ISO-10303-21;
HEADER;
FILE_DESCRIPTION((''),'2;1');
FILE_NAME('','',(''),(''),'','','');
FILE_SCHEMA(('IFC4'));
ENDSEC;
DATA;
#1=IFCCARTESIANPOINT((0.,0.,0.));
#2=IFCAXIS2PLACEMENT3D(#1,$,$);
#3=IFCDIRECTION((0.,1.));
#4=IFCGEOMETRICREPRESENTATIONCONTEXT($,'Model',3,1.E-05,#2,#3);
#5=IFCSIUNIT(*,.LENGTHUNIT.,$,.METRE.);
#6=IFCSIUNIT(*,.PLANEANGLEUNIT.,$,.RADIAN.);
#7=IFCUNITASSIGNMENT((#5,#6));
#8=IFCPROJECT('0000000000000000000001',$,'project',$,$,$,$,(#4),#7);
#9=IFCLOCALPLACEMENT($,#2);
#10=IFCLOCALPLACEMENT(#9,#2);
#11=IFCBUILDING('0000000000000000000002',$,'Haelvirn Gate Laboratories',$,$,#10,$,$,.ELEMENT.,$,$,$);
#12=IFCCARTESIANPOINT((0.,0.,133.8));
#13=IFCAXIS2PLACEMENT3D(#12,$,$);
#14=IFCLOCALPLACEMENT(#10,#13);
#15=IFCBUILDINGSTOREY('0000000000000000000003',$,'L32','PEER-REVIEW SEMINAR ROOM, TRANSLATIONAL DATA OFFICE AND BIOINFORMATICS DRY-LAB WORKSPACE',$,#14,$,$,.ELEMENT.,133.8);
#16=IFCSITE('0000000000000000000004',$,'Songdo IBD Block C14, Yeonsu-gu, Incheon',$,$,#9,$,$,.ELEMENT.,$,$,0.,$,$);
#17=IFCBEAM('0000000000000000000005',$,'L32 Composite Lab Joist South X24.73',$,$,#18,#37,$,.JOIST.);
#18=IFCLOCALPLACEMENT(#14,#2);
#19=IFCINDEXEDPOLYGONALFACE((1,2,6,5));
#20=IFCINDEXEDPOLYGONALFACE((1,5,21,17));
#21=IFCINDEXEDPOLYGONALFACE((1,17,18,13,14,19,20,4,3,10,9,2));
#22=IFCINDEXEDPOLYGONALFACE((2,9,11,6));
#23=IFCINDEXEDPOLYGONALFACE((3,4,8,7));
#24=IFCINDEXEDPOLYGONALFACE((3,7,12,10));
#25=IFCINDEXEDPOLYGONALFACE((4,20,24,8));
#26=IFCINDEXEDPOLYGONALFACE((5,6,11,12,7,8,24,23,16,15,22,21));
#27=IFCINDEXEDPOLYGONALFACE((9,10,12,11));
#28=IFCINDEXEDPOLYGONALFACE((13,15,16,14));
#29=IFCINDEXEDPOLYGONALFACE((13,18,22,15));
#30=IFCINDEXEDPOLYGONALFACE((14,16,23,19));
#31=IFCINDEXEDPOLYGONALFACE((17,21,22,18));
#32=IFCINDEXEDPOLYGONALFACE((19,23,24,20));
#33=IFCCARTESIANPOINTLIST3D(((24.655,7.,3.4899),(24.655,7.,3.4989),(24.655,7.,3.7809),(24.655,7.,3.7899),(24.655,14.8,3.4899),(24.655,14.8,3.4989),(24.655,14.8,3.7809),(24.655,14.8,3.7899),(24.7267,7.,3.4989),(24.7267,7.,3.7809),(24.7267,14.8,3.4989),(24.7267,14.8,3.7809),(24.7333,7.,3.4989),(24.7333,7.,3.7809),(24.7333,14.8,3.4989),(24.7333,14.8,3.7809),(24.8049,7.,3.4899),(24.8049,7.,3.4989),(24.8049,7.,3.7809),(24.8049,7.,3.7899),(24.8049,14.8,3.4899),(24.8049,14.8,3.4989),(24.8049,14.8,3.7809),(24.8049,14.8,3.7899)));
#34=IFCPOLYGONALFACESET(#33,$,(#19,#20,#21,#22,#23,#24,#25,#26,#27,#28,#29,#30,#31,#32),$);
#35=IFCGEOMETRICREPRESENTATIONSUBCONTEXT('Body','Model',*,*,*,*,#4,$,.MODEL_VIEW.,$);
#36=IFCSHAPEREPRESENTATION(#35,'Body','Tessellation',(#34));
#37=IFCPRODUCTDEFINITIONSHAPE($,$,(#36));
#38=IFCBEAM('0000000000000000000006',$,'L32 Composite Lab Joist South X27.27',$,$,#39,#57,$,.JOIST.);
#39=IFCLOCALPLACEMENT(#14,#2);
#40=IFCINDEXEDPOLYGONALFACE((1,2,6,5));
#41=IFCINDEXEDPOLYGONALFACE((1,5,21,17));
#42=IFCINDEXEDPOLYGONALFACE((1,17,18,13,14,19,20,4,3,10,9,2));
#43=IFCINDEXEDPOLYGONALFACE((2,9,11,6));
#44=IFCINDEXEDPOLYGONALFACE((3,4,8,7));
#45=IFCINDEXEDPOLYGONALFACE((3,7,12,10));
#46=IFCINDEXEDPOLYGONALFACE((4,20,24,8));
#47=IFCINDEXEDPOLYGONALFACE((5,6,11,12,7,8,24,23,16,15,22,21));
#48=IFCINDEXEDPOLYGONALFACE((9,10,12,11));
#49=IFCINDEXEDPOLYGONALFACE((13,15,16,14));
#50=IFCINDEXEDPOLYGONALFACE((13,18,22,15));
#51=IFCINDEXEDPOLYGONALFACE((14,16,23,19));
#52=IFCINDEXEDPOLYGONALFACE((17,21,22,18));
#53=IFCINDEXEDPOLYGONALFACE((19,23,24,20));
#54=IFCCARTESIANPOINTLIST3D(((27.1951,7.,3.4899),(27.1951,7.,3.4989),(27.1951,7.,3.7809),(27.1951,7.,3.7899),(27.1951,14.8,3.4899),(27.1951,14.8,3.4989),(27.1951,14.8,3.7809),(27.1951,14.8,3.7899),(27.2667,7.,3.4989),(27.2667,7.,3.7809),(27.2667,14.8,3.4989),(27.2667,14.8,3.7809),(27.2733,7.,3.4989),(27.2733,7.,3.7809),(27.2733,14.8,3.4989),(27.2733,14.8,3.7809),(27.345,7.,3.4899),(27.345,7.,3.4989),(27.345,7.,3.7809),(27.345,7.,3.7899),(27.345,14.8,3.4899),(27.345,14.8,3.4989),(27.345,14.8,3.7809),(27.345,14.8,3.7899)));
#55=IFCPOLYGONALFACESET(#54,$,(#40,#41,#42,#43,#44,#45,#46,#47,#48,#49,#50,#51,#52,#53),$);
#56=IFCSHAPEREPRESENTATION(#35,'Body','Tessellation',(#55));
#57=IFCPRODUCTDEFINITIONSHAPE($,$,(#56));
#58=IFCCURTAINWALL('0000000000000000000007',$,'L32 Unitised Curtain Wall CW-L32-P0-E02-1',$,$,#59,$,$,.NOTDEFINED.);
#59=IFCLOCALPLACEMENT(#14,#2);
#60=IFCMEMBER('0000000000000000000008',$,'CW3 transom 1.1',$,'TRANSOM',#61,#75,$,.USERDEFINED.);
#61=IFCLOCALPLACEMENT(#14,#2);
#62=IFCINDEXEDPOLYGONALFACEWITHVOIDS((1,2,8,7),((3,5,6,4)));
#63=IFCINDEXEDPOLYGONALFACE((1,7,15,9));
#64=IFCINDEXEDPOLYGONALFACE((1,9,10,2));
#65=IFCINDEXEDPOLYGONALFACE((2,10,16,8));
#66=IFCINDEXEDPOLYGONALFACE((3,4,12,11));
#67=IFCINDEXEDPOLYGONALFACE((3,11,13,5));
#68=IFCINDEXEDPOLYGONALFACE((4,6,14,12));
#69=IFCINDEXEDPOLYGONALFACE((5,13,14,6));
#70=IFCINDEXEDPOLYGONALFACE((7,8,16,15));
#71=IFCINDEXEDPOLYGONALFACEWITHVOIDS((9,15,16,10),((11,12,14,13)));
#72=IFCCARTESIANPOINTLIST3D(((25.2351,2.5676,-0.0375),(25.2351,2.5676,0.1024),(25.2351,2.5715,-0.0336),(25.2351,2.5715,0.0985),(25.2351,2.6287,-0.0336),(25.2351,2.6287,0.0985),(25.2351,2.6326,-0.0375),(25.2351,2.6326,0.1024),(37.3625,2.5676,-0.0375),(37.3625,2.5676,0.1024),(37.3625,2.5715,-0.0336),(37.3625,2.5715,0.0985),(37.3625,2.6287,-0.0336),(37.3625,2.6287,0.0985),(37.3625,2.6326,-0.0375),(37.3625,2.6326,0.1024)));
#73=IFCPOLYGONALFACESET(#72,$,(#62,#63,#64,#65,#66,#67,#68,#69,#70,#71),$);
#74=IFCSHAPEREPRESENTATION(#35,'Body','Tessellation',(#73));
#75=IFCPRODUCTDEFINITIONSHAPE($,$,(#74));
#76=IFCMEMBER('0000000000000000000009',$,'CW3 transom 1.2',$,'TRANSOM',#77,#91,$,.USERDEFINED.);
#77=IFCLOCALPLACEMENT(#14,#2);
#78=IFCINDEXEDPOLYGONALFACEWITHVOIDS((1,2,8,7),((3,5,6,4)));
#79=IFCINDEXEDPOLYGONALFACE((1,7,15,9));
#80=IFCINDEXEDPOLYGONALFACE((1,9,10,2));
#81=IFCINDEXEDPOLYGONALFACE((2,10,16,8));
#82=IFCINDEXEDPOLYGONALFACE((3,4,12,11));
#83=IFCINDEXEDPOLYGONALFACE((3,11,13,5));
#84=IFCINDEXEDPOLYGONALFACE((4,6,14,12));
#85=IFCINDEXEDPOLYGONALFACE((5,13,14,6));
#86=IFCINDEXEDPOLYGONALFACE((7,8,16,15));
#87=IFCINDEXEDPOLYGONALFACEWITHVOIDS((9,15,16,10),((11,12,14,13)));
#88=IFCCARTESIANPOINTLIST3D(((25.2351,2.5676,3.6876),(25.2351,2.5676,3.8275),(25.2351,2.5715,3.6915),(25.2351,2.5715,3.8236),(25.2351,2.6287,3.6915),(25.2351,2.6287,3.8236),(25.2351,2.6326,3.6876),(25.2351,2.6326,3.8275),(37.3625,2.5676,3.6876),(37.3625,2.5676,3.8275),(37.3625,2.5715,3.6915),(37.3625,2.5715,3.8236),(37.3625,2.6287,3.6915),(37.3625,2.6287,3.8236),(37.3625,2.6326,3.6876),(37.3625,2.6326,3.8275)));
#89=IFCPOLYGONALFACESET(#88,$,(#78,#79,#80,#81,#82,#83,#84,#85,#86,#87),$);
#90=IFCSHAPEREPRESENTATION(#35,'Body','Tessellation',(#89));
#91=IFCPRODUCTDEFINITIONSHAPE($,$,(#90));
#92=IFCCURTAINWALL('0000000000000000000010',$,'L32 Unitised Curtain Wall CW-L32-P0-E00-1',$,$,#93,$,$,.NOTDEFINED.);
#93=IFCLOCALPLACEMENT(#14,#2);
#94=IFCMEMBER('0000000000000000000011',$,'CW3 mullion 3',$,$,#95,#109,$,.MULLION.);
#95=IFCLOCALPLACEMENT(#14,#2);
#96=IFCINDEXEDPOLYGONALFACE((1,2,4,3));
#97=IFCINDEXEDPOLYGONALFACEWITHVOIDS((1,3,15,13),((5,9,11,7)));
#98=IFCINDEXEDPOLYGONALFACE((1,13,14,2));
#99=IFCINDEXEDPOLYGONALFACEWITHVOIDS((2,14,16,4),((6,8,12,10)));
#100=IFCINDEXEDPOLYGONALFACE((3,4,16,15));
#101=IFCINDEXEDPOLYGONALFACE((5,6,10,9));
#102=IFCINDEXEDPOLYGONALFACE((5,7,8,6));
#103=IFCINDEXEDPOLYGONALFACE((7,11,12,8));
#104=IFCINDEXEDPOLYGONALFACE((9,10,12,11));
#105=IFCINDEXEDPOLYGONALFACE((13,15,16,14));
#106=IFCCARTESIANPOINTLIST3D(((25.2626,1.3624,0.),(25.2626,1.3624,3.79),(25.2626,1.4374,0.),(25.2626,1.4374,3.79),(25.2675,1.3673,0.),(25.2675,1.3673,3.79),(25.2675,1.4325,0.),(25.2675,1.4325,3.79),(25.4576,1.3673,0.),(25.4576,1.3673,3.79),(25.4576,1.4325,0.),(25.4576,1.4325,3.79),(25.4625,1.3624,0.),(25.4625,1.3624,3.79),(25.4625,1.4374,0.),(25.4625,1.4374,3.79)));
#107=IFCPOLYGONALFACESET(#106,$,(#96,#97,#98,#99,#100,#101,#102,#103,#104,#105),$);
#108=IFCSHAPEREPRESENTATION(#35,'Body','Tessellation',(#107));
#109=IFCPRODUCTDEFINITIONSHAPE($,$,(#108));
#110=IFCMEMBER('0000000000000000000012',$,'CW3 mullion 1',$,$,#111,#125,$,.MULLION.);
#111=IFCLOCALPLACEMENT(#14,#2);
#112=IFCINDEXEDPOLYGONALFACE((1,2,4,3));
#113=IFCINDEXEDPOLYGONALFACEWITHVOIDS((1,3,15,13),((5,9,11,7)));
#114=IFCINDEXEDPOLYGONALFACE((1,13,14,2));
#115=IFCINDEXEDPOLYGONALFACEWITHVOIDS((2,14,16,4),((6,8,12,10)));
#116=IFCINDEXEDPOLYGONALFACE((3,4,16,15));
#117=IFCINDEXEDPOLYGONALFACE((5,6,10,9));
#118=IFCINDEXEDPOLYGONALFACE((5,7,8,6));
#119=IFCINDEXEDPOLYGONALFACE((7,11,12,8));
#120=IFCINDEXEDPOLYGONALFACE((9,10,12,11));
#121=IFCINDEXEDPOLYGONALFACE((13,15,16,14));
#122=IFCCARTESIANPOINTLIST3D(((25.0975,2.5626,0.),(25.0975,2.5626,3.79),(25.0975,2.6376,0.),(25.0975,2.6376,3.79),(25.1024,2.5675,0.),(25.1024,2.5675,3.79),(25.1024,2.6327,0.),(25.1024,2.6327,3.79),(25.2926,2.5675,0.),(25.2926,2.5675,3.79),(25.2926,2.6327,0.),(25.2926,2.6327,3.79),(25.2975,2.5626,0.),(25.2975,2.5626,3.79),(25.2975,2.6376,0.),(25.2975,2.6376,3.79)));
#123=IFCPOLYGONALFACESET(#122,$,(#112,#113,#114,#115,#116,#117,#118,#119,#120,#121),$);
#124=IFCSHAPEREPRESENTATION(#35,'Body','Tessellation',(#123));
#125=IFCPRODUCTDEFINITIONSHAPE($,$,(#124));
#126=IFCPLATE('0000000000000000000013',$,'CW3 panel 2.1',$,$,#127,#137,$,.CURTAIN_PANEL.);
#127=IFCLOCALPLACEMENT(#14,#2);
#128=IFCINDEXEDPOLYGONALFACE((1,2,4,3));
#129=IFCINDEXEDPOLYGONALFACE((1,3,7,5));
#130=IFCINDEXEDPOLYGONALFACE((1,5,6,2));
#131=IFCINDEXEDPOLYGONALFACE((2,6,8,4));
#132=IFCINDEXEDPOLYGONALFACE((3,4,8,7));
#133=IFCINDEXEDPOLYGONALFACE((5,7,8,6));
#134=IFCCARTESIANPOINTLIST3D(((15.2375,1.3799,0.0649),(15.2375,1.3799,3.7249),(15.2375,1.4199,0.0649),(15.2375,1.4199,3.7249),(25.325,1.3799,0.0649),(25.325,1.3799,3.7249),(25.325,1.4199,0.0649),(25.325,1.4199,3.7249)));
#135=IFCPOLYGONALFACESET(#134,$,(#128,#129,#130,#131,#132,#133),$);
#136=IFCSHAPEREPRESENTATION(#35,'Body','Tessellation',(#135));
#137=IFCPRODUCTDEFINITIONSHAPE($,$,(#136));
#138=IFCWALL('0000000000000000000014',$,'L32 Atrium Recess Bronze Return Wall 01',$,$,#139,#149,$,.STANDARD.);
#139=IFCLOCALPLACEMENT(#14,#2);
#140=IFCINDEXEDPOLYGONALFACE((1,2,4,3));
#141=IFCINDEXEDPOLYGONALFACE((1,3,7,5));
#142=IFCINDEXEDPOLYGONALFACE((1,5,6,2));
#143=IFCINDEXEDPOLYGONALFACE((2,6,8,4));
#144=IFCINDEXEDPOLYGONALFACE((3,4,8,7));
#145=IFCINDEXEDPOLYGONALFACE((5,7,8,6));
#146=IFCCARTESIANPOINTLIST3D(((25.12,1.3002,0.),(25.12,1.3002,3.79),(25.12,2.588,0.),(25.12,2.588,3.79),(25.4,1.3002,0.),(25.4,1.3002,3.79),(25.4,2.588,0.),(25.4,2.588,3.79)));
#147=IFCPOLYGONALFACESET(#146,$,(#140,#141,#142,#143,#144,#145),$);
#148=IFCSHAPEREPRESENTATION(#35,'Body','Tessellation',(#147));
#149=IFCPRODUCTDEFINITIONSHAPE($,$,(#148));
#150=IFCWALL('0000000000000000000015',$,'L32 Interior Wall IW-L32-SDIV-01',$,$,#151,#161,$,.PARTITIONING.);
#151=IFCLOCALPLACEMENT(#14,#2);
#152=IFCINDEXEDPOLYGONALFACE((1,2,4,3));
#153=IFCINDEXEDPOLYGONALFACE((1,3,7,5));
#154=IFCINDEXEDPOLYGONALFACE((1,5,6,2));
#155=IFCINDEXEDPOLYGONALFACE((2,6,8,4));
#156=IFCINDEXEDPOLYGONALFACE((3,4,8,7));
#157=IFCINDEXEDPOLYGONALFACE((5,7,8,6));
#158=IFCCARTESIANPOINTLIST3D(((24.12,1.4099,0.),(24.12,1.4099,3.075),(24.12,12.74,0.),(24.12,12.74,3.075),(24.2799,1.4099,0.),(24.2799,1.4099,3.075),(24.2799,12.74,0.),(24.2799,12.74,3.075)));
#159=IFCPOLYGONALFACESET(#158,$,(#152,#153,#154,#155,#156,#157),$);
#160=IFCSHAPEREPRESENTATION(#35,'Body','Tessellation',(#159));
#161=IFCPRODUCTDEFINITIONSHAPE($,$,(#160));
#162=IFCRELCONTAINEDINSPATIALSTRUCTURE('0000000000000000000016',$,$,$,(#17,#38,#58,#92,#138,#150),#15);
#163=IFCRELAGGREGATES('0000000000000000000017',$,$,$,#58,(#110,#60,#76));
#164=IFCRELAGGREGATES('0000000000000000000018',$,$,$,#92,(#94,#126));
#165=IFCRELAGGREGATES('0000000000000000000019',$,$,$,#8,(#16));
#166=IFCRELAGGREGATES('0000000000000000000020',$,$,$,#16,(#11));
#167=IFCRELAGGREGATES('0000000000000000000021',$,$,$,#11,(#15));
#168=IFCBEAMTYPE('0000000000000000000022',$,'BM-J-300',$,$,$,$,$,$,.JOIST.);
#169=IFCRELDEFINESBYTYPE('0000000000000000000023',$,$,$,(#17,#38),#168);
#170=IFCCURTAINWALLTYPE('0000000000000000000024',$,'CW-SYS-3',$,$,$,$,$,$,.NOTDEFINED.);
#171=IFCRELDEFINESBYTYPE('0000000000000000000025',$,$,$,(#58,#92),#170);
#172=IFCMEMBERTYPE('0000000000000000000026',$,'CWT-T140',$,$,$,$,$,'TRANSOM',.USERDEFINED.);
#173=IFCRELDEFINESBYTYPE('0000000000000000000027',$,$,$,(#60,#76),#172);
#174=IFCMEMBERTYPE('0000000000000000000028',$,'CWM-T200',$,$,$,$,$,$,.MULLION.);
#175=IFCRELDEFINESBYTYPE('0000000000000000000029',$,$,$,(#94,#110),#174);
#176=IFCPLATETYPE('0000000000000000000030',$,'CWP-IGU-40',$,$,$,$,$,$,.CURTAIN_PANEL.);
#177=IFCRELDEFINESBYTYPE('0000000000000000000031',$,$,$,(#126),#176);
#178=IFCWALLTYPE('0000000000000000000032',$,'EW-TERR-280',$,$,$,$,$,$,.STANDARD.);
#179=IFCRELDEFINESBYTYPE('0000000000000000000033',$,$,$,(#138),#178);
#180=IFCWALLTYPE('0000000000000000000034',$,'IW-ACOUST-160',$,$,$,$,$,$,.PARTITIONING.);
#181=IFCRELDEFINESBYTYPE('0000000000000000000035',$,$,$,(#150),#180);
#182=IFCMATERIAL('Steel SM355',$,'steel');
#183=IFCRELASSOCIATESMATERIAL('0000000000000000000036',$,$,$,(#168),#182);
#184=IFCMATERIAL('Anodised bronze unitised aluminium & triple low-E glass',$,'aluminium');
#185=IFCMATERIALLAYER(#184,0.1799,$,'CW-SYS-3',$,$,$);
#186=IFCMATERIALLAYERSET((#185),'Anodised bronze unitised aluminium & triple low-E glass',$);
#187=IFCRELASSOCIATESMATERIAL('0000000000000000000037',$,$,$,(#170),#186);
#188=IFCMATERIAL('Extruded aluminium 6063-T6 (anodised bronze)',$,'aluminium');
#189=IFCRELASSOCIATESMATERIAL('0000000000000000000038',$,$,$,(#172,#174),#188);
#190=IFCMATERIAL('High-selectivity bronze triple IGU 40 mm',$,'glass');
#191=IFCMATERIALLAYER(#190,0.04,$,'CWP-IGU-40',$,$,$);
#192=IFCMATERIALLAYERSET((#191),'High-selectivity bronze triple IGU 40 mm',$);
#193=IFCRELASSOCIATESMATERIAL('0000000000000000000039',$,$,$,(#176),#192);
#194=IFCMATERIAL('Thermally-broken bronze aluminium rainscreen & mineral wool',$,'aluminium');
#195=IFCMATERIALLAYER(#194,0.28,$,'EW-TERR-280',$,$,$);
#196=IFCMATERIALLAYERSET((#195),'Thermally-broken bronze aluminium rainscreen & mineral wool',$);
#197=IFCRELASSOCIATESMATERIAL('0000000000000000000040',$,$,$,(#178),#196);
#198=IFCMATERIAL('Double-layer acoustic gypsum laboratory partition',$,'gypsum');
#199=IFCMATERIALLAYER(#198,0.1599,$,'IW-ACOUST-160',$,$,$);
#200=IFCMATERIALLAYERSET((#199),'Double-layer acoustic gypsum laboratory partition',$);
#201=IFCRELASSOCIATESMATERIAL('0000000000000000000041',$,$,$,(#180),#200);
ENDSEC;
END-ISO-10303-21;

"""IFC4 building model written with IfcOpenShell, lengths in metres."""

from ifc_helpers import new_model, si_unit, direction, frame, frame_2d, origin, origin_2d, place, context, subcontext, project, spatial, rectangle, hollow_rectangle, i_section, extrude, source, transform, mapped, material, layer, layer_set, material_profile, profile_set, type_object, type_shapes, element, aggregate, save


model = new_model("IFC4")

# Units and contexts
model_context = context("Model", 3, precision=1e-05, world=origin(), true_north=direction((0.0, 1.0)))
body_context = subcontext(model_context, "Body", "Model", "MODEL_VIEW")
ifc_project = project(units=[si_unit("LENGTHUNIT", "METRE"), si_unit("PLANEANGLEUNIT", "RADIAN")], contexts=[model_context])

# Site, building, storey
site_placement = place(None, origin())
site = spatial("IfcSite", under=ifc_project, at=site_placement, Name="Songdo IBD Block C14, Yeonsu-gu, Incheon", CompositionType="ELEMENT", RefElevation=0.0)
building_placement = place(site_placement, origin())
building = spatial("IfcBuilding", under=site, at=building_placement, Name="Haelvirn Gate Laboratories", CompositionType="ELEMENT")
storey_placement = place(building_placement, frame((0.0, 0.0, 133.8)))
storey = spatial("IfcBuildingStorey", under=building, at=storey_placement, Name="L32", Description="PEER-REVIEW SEMINAR ROOM, TRANSLATIONAL DATA OFFICE AND BIOINFORMATICS DRY-LAB WORKSPACE", CompositionType="ELEMENT", Elevation=133.8)

# Shared definitions
ifc_material_1 = material(Name="Steel SM355", Category="steel")

# Beams
ifc_material_profile_1 = material_profile(ifc_material_1, i_section(OverallWidth=0.1499, OverallDepth=0.3, WebThickness=0.0066, FlangeThickness=0.009, at=origin_2d()), Name="H-300x150x6.5x9")
ifc_profile_set_1 = profile_set([ifc_material_profile_1], Name="Steel SM355")
beam_type_1 = type_object("IfcBeamType", Name="BM-J-300", PredefinedType="JOIST", material=ifc_profile_set_1)
shared_shape_1 = source(origin(), body_context, "Body", "SweptSolid", [
    extrude(i_section(OverallWidth=0.1499, OverallDepth=0.3, WebThickness=0.0066, FlangeThickness=0.009, at=origin_2d()), origin(), (0.0, 0.0, 1.0), 7.8),
])
type_shapes(beam_type_1, [shared_shape_1])
for number, where, z_axis, x_axis, name in (
    (1, (24.73, 7.0, 3.6399), (0.0, 1.0, 0.0), (-1.0, 0.0, 0.0), "L32 Composite Lab Joist South X24.73"),
    (2, (27.27, 7.0, 3.6399), (0.0, 1.0, 0.0), (-1.0, 0.0, 0.0), "L32 Composite Lab Joist South X27.27"),
):
    element("IfcBeam", number, at=place(storey_placement, frame(where, z_axis=z_axis, x_axis=x_axis)), inside=storey, type_object=beam_type_1, Name=name, PredefinedType="JOIST", context=body_context, shape_type="MappedRepresentation", body=[
        mapped(shared_shape_1, transform((0.0, 0.0, 0.0), scale=1.0)),
    ])

# Curtain wall, members
ifc_material_2 = material(Name="Anodised bronze unitised aluminium & triple low-E glass", Category="aluminium")
ifc_layer_1 = layer(ifc_material_2, 0.1799, Name="CW-SYS-3")
ifc_layer_set_1 = layer_set([ifc_layer_1], Name="Anodised bronze unitised aluminium & triple low-E glass")
curtain_wall_type = type_object("IfcCurtainWallType", Name="CW-SYS-3", PredefinedType="NOTDEFINED", material=ifc_layer_set_1)
curtain_wall_1_placement = place(storey_placement, origin())
curtain_wall_1 = element("IfcCurtainWall", 3, at=curtain_wall_1_placement, inside=storey, type_object=curtain_wall_type, Name="L32 Unitised Curtain Wall CW-L32-P0-E02-1", PredefinedType="NOTDEFINED")
ifc_material_3 = material(Name="Extruded aluminium 6063-T6 (anodised bronze)", Category="aluminium")
ifc_material_profile_2 = material_profile(ifc_material_3, hollow_rectangle(XDim=0.0649, YDim=0.1399, WallThickness=0.0039, at=origin_2d()), Name="CWT-140x65x4")
ifc_profile_set_2 = profile_set([ifc_material_profile_2], Name="Extruded aluminium 6063-T6 (anodised bronze)")
member_type_1 = type_object("IfcMemberType", Name="CWT-T140", ElementType="TRANSOM", PredefinedType="USERDEFINED", material=ifc_profile_set_2)
shared_shape_2 = source(origin(), body_context, "Body", "SweptSolid", [
    extrude(hollow_rectangle(XDim=0.0649, YDim=0.1399, WallThickness=0.0039, at=origin_2d()), origin(), (0.0, 0.0, 1.0), 12.1274),
])
type_shapes(member_type_1, [shared_shape_2])
member_1_placement = place(storey_placement, frame((25.2351, 2.6001, 0.0325), z_axis=(1.0, 0.0, 0.0), x_axis=(0.0, 1.0, 0.0)))
member_1 = element("IfcMember", 4, at=member_1_placement, type_object=member_type_1, Name="CW3 transom 1.1", ObjectType="TRANSOM", PredefinedType="USERDEFINED", context=body_context, shape_type="MappedRepresentation", body=[
    mapped(shared_shape_2, transform((0.0, 0.0, 0.0), scale=1.0)),
])
member_2_placement = place(storey_placement, frame((25.2351, 2.6001, 3.7576), z_axis=(1.0, 0.0, 0.0), x_axis=(0.0, 1.0, 0.0)))
member_2 = element("IfcMember", 5, at=member_2_placement, type_object=member_type_1, Name="CW3 transom 1.2", ObjectType="TRANSOM", PredefinedType="USERDEFINED", context=body_context, shape_type="MappedRepresentation", body=[
    mapped(shared_shape_2, transform((0.0, 0.0, 0.0), scale=1.0)),
])

# Curtain wall, member
curtain_wall_2_placement = place(storey_placement, origin())
curtain_wall_2 = element("IfcCurtainWall", 6, at=curtain_wall_2_placement, inside=storey, type_object=curtain_wall_type, Name="L32 Unitised Curtain Wall CW-L32-P0-E00-1", PredefinedType="NOTDEFINED")
ifc_material_profile_3 = material_profile(ifc_material_3, hollow_rectangle(XDim=0.075, YDim=0.2, WallThickness=0.0049, at=origin_2d()), Name="CWM-200x75x5")
ifc_profile_set_3 = profile_set([ifc_material_profile_3], Name="Extruded aluminium 6063-T6 (anodised bronze)")
member_type_2 = type_object("IfcMemberType", Name="CWM-T200", PredefinedType="MULLION", material=ifc_profile_set_3)
shared_shape_3 = source(origin(), body_context, "Body", "SweptSolid", [
    extrude(hollow_rectangle(XDim=0.075, YDim=0.2, WallThickness=0.0049, at=origin_2d()), origin(), (0.0, 0.0, 1.0), 3.79),
])
type_shapes(member_type_2, [shared_shape_3])
member_3_placement = place(storey_placement, frame((25.3625, 1.3999, 0.0), z_axis=(0.0, 0.0, 1.0), x_axis=(0.0, 1.0, 0.0)))
member_3 = element("IfcMember", 7, at=member_3_placement, type_object=member_type_2, Name="CW3 mullion 3", PredefinedType="MULLION", context=body_context, shape_type="MappedRepresentation", body=[
    mapped(shared_shape_3, transform((0.0, 0.0, 0.0), scale=1.0)),
])

# Member
member_4_placement = place(storey_placement, frame((25.1975, 2.6001, 0.0), z_axis=(0.0, 0.0, 1.0), x_axis=(0.0, 1.0, 0.0)))
member_4 = element("IfcMember", 8, at=member_4_placement, type_object=member_type_2, Name="CW3 mullion 1", PredefinedType="MULLION", context=body_context, shape_type="MappedRepresentation", body=[
    mapped(shared_shape_3, transform((0.0, 0.0, 0.0), scale=1.0)),
])
aggregate(curtain_wall_1, [member_4, member_1, member_2])

# Plate
ifc_material_4 = material(Name="High-selectivity bronze triple IGU 40 mm", Category="glass")
ifc_layer_2 = layer(ifc_material_4, 0.04, Name="CWP-IGU-40")
ifc_layer_set_2 = layer_set([ifc_layer_2], Name="High-selectivity bronze triple IGU 40 mm")
plate_type = type_object("IfcPlateType", Name="CWP-IGU-40", PredefinedType="CURTAIN_PANEL", material=ifc_layer_set_2)
shared_shape_4 = source(origin(), body_context, "Body", "SweptSolid", [
    extrude(rectangle(XDim=10.0874, YDim=0.04, at=origin_2d()), origin(), (0.0, 0.0, 1.0), 3.6599),
])
type_shapes(plate_type, [shared_shape_4])
plate_placement = place(storey_placement, frame((20.2812, 1.3999, 0.0649), z_axis=(0.0, 0.0, 1.0), x_axis=(1.0, 0.0, 0.0)))
plate = element("IfcPlate", 9, at=plate_placement, type_object=plate_type, Name="CW3 panel 2.1", PredefinedType="CURTAIN_PANEL", context=body_context, shape_type="MappedRepresentation", body=[
    mapped(shared_shape_4, transform((0.0, 0.0, 0.0), scale=1.0)),
])
aggregate(curtain_wall_2, [member_3, plate])

# Walls
ifc_material_5 = material(Name="Thermally-broken bronze aluminium rainscreen & mineral wool", Category="aluminium")
ifc_layer_3 = layer(ifc_material_5, 0.28, Name="EW-TERR-280")
ifc_layer_set_3 = layer_set([ifc_layer_3], Name="Thermally-broken bronze aluminium rainscreen & mineral wool")
wall_type_1 = type_object("IfcWallType", Name="EW-TERR-280", PredefinedType="STANDARD", material=ifc_layer_set_3)
wall_1_placement = place(storey_placement, frame((25.26, 1.3, 0.0), z_axis=(0.0, 0.0, 1.0), x_axis=(0.0, 1.0, 0.0)))
element("IfcWall", 10, at=wall_1_placement, inside=storey, type_object=wall_type_1, Name="L32 Atrium Recess Bronze Return Wall 01", PredefinedType="STANDARD", context=body_context, shape_type="SweptSolid", body=[
    extrude(rectangle(XDim=1.2878, YDim=0.28, at=frame_2d((0.644, 0.0))), origin(), (0.0, 0.0, 1.0), 3.79),
])
ifc_material_6 = material(Name="Double-layer acoustic gypsum laboratory partition", Category="gypsum")
ifc_layer_4 = layer(ifc_material_6, 0.1599, Name="IW-ACOUST-160")
ifc_layer_set_4 = layer_set([ifc_layer_4], Name="Double-layer acoustic gypsum laboratory partition")
wall_type_2 = type_object("IfcWallType", Name="IW-ACOUST-160", PredefinedType="PARTITIONING", material=ifc_layer_set_4)
wall_2_placement = place(storey_placement, frame((24.2, 1.4099, 0.0), z_axis=(0.0, 0.0, 1.0), x_axis=(0.0, 1.0, 0.0)))
element("IfcWall", 11, at=wall_2_placement, inside=storey, type_object=wall_type_2, Name="L32 Interior Wall IW-L32-SDIV-01", PredefinedType="PARTITIONING", context=body_context, shape_type="SweptSolid", body=[
    extrude(rectangle(XDim=11.3301, YDim=0.1599, at=frame_2d((5.665, 0.0))), origin(), (0.0, 0.0, 1.0), 3.075),
])

save(model, "model.ifc")
